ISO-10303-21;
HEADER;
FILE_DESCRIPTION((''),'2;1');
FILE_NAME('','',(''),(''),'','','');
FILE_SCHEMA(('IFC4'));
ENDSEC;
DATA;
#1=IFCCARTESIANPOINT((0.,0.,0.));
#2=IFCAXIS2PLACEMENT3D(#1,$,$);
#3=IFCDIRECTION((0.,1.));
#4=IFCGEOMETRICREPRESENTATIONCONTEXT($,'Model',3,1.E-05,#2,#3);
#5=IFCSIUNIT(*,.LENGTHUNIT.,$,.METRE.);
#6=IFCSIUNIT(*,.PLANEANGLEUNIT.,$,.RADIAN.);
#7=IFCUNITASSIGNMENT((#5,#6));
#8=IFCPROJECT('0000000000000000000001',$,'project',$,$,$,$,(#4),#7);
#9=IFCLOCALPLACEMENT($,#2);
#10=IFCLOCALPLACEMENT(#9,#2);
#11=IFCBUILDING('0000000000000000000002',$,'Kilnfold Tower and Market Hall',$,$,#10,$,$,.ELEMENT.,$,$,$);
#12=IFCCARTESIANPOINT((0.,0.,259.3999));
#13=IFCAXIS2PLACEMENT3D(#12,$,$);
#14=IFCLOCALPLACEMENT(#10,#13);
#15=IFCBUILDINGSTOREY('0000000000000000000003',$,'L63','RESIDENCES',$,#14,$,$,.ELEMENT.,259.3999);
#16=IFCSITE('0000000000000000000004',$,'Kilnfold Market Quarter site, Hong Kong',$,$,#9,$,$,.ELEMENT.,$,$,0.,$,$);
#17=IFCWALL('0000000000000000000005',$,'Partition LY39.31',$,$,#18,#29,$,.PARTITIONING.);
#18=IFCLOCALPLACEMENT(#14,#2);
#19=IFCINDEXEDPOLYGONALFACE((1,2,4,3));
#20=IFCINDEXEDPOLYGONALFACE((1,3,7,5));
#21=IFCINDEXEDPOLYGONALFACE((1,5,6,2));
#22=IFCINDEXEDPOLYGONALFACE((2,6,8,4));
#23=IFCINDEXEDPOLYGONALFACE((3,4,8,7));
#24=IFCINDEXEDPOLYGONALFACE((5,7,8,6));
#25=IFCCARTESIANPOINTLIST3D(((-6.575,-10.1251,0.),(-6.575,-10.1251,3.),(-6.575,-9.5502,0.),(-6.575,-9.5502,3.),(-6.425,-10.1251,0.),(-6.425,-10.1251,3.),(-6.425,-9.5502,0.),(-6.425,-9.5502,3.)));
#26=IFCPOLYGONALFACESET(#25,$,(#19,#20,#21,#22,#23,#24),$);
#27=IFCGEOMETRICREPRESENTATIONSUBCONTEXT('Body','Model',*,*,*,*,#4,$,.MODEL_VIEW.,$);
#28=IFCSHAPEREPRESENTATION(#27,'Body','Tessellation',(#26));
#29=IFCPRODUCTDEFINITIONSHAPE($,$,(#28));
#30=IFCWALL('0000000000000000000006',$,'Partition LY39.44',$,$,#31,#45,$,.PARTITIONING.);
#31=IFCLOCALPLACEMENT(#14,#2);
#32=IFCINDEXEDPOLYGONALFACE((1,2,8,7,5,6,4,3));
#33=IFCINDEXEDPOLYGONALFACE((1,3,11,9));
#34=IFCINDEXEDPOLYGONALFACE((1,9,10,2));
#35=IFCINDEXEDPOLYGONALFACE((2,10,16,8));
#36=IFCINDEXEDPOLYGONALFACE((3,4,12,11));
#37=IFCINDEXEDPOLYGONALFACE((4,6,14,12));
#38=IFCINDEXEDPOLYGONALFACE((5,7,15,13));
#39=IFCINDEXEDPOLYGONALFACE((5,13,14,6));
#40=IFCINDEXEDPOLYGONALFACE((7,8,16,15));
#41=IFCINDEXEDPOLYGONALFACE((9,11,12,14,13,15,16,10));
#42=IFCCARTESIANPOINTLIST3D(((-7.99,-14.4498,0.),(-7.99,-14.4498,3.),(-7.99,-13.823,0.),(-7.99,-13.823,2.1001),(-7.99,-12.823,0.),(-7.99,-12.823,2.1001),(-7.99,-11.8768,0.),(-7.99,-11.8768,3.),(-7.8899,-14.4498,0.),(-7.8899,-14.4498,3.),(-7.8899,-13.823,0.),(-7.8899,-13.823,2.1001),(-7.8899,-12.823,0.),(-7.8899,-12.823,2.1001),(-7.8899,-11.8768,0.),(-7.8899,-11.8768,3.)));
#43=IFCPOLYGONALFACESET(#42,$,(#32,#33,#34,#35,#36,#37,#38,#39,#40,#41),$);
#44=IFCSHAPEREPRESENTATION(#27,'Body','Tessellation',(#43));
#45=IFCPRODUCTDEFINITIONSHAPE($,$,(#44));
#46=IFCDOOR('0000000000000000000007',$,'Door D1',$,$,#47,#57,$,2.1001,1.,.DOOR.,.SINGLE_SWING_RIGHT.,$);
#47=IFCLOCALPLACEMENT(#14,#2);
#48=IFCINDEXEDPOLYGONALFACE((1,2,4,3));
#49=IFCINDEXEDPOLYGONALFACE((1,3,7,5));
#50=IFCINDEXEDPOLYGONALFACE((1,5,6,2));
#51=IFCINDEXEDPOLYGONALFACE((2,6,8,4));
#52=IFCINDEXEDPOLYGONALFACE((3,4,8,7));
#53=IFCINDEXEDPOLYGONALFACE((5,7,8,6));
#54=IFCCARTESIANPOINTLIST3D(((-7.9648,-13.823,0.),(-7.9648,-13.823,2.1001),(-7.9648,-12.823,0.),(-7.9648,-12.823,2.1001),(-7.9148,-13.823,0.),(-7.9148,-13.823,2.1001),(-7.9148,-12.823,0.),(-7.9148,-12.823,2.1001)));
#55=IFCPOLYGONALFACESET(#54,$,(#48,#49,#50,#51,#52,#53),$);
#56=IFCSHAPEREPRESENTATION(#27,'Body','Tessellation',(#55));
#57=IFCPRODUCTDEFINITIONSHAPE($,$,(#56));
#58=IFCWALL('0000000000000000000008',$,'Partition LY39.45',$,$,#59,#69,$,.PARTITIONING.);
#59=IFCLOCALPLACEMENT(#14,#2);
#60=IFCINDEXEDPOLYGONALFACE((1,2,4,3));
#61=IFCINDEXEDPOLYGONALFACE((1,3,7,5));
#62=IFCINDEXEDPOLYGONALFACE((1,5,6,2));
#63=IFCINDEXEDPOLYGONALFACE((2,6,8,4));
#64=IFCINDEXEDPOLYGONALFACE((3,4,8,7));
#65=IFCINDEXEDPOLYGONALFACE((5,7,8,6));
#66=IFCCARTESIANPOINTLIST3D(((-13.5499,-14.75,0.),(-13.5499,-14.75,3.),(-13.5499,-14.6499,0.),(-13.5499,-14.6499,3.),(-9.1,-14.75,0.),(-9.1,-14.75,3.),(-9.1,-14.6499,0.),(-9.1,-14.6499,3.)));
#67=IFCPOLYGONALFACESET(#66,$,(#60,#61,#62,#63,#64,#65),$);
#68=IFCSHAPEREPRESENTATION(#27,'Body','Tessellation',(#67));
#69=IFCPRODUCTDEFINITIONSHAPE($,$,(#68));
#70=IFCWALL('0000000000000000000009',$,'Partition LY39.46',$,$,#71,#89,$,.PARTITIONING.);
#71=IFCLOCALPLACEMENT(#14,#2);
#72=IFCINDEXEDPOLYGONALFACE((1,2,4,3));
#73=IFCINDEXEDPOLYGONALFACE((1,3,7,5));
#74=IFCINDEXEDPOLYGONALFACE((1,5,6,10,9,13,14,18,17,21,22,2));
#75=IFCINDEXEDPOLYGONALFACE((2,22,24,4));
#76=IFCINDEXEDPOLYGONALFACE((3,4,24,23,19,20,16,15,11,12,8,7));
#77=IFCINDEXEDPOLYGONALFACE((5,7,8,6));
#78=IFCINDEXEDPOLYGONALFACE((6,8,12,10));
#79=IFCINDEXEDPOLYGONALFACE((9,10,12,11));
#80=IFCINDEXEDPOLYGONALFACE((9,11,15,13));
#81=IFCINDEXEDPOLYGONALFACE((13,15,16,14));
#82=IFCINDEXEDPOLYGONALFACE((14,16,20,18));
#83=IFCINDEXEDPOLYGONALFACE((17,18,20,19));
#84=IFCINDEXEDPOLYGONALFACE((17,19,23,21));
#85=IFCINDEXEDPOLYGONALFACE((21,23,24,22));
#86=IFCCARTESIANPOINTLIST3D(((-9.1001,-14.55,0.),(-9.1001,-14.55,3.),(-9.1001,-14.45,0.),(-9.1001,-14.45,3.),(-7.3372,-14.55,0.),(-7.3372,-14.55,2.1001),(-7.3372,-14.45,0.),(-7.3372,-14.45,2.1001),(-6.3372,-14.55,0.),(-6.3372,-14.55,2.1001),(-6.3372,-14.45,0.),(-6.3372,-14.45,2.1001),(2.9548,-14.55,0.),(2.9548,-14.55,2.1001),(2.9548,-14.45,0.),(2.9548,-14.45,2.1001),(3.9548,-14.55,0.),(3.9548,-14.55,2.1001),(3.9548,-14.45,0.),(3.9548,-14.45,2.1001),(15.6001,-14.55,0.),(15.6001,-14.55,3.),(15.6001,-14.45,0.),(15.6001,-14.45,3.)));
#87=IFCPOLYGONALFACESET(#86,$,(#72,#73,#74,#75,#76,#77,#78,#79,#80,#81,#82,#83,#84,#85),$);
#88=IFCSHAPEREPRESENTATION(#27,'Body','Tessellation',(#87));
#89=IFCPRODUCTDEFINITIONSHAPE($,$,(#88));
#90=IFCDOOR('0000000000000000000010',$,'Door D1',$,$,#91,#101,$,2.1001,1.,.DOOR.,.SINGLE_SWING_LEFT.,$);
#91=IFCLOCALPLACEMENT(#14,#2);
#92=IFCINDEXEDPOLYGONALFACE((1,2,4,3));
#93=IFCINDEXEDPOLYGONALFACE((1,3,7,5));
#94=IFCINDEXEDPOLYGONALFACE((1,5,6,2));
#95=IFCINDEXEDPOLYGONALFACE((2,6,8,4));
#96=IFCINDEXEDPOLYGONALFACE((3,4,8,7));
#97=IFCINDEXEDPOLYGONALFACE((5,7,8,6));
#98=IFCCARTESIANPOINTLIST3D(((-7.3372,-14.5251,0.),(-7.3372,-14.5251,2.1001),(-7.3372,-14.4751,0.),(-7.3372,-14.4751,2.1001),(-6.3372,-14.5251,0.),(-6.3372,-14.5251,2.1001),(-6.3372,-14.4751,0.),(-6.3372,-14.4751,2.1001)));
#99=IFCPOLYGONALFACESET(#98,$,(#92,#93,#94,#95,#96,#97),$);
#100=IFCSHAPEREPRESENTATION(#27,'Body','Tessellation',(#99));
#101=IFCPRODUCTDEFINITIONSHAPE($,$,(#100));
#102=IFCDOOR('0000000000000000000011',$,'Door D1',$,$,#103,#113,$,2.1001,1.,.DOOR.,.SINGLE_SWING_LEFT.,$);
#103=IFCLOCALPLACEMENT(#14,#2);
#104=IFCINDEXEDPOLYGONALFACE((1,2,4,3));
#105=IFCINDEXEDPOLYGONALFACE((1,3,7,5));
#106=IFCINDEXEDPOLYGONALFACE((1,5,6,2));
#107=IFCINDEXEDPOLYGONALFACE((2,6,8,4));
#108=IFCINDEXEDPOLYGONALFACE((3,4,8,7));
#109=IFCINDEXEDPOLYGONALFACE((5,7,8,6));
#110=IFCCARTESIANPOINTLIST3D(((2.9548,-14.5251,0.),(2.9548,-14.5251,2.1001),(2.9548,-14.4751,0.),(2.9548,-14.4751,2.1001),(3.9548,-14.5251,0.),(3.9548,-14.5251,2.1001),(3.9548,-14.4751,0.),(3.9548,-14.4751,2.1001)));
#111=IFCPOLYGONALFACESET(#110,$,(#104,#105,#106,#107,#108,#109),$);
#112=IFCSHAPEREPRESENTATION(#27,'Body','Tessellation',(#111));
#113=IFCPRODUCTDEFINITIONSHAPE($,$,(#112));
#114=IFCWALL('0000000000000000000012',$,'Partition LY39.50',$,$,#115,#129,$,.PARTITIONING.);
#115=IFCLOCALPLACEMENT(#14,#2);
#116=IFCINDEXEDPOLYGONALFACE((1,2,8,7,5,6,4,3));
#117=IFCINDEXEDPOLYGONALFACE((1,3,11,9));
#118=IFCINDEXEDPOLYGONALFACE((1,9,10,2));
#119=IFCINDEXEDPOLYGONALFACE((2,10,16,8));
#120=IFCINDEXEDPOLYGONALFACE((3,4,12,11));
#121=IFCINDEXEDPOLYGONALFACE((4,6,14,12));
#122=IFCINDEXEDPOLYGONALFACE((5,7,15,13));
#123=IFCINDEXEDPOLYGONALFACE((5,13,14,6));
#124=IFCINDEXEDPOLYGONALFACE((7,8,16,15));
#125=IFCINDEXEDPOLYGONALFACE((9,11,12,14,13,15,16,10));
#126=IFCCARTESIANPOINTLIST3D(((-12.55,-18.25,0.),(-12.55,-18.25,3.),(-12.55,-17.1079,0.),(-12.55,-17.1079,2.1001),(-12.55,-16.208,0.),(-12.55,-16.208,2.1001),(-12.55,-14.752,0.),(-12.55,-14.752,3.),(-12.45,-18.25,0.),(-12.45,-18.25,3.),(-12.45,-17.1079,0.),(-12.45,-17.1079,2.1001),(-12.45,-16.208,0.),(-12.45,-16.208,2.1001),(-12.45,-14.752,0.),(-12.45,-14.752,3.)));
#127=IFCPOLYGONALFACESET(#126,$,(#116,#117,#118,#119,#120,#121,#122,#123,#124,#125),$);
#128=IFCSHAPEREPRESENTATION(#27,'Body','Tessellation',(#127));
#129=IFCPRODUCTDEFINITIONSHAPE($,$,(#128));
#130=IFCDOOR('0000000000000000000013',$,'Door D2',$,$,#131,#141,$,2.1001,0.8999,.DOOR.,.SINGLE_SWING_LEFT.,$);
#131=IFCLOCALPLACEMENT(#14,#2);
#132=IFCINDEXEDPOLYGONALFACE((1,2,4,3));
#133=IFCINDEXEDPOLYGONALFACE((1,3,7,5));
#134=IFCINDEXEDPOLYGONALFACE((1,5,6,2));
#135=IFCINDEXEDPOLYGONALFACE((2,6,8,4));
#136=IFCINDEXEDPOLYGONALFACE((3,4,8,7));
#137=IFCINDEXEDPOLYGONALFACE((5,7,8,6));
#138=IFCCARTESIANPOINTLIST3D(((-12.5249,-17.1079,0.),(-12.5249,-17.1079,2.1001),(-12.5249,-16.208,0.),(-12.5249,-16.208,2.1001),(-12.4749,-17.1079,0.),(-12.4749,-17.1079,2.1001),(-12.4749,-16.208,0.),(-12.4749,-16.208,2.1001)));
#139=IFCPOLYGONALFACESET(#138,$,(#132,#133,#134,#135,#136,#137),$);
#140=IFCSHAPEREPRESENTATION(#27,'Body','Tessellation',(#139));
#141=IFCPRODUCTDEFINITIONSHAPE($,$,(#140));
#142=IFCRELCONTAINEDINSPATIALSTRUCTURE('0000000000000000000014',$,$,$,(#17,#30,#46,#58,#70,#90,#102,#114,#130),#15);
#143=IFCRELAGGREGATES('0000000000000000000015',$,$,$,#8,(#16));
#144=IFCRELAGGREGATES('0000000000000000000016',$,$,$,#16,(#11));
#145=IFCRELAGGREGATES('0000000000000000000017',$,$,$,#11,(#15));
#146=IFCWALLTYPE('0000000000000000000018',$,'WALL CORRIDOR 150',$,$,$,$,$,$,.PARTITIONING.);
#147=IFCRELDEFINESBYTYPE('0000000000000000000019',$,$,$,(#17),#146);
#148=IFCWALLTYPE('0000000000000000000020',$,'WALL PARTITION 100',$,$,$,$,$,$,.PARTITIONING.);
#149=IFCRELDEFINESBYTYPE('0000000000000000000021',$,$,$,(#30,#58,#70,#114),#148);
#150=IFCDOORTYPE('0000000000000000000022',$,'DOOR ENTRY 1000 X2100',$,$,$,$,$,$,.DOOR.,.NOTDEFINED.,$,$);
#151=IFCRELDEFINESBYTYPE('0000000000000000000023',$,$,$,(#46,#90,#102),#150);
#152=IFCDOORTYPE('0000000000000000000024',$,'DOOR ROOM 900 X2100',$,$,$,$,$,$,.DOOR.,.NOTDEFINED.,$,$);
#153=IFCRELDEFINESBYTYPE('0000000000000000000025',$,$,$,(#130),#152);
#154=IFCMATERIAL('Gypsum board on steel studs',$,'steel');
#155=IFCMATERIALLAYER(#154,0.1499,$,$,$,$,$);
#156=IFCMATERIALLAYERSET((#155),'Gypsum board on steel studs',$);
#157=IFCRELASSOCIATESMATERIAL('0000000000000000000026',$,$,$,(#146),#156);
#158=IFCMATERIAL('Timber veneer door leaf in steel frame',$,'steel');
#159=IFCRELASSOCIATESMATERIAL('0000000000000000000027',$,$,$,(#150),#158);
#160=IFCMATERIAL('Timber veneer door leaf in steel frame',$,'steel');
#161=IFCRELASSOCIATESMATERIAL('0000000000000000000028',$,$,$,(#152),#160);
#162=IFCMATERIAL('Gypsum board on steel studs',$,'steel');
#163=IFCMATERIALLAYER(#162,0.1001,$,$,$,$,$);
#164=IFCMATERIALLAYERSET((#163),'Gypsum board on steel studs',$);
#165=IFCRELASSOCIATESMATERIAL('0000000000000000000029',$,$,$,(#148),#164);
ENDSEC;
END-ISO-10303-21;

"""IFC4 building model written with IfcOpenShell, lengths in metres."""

from ifc_helpers import new_model, si_unit, direction, frame, frame_2d, origin, place, context, subcontext, project, spatial, rectangle, extrude, material, layer, layer_set, type_object, element, fill, save


model = new_model("IFC4")

# Units and contexts
model_context = context("Model", 3, precision=1e-05, world=origin(), true_north=direction((0.0, 1.0)))
body_context = subcontext(model_context, "Body", "Model", "MODEL_VIEW")
ifc_project = project(units=[si_unit("LENGTHUNIT", "METRE"), si_unit("PLANEANGLEUNIT", "RADIAN")], contexts=[model_context])

# Site, building, storey
site_placement = place(None, origin())
site = spatial("IfcSite", under=ifc_project, at=site_placement, Name="Kilnfold Market Quarter site, Hong Kong", CompositionType="ELEMENT", RefElevation=0.0)
building_placement = place(site_placement, origin())
building = spatial("IfcBuilding", under=site, at=building_placement, Name="Kilnfold Tower and Market Hall", CompositionType="ELEMENT")
storey_placement = place(building_placement, frame((0.0, 0.0, 259.3999)))
storey = spatial("IfcBuildingStorey", under=building, at=storey_placement, Name="L63", Description="RESIDENCES", CompositionType="ELEMENT", Elevation=259.3999)

# Shared definitions
ifc_material_1 = material(Name="Gypsum board on steel studs", Category="steel")
ifc_layer_1 = layer(ifc_material_1, 0.1499)
ifc_layer_set_1 = layer_set([ifc_layer_1], Name="Gypsum board on steel studs")
wall_type_1 = type_object("IfcWallType", Name="WALL CORRIDOR 150", PredefinedType="PARTITIONING", material=ifc_layer_set_1)
ifc_material_2 = material(Name="Timber veneer door leaf in steel frame", Category="steel")
door_type_1 = type_object("IfcDoorType", Name="DOOR ENTRY 1000 X2100", OperationType="NOTDEFINED", PredefinedType="DOOR", material=ifc_material_2)

# Shared definitions
ifc_material_3 = material(Name="Timber veneer door leaf in steel frame", Category="steel")
door_type_2 = type_object("IfcDoorType", Name="DOOR ROOM 900 X2100", OperationType="NOTDEFINED", PredefinedType="DOOR", material=ifc_material_3)

# Wall
wall_1_placement = place(storey_placement, frame((-6.5, -9.55, 0.0), z_axis=(0.0, 0.0, 1.0), x_axis=(0.0, -1.0, 0.0)))
element("IfcWall", 1, at=wall_1_placement, inside=storey, type_object=wall_type_1, Name="Partition LY39.31", PredefinedType="PARTITIONING", context=body_context, shape_type="SweptSolid", body=[
    extrude(rectangle(XDim=0.575, YDim=0.1499, at=frame_2d((0.2876, 0.0))), origin(), (0.0, 0.0, 1.0), 3.0),
])

# Wall, opening, door
ifc_material_4 = material(Name="Gypsum board on steel studs", Category="steel")
ifc_layer_2 = layer(ifc_material_4, 0.1001)
ifc_layer_set_2 = layer_set([ifc_layer_2], Name="Gypsum board on steel studs")
wall_type_2 = type_object("IfcWallType", Name="WALL PARTITION 100", PredefinedType="PARTITIONING", material=ifc_layer_set_2)
wall_2_placement = place(storey_placement, frame((-7.9399, -14.45, 0.0), z_axis=(0.0, 0.0, 1.0), x_axis=(0.0, 1.0, 0.0)))
wall_2 = element("IfcWall", 2, at=wall_2_placement, inside=storey, type_object=wall_type_2, Name="Partition LY39.44", PredefinedType="PARTITIONING", context=body_context, shape_type="SweptSolid", body=[
    extrude(rectangle(XDim=2.573, YDim=0.1001, at=frame_2d((1.2866, 0.0))), origin(), (0.0, 0.0, 1.0), 3.0),
])
opening_1_placement = place(wall_2_placement, frame((0.627, 0.0, 0.0)))
opening_1 = element("IfcOpeningElement", 3, at=opening_1_placement, cuts=wall_2, PredefinedType="OPENING", context=body_context, shape_type="SweptSolid", body=[
    extrude(rectangle(XDim=1.0, YDim=2.1001, at=frame_2d((0.5, 1.05))), frame((0.0, 0.0601, 0.0), z_axis=(0.0, -1.0, 0.0), x_axis=(1.0, 0.0, 0.0)), (0.0, 0.0, 1.0), 0.1201),
])
door_1_placement = place(opening_1_placement, origin())
door_1 = element("IfcDoor", 4, at=door_1_placement, inside=storey, type_object=door_type_1, Name="Door D1", OperationType="SINGLE_SWING_RIGHT", OverallHeight=2.1001, OverallWidth=1.0, PredefinedType="DOOR", context=body_context, shape_type="SweptSolid", body=[
    extrude(rectangle(XDim=1.0, YDim=2.1001, at=frame_2d((0.5, 1.05))), frame((0.0, 0.0249, 0.0), z_axis=(0.0, -1.0, 0.0), x_axis=(1.0, 0.0, 0.0)), (0.0, 0.0, 1.0), 0.05),
])
fill(opening_1, door_1)

# Wall
wall_3_placement = place(storey_placement, frame((-13.55, -14.7, 0.0), z_axis=(0.0, 0.0, 1.0), x_axis=(1.0, 0.0, 0.0)))
element("IfcWall", 5, at=wall_3_placement, inside=storey, type_object=wall_type_2, Name="Partition LY39.45", PredefinedType="PARTITIONING", context=body_context, shape_type="SweptSolid", body=[
    extrude(rectangle(XDim=4.45, YDim=0.1001, at=frame_2d((2.2251, 0.0))), origin(), (0.0, 0.0, 1.0), 3.0),
])

# Wall, openings, doors
wall_4_placement = place(storey_placement, frame((-9.1001, -14.5, 0.0), z_axis=(0.0, 0.0, 1.0), x_axis=(1.0, 0.0, 0.0)))
wall_4 = element("IfcWall", 6, at=wall_4_placement, inside=storey, type_object=wall_type_2, Name="Partition LY39.46", PredefinedType="PARTITIONING", context=body_context, shape_type="SweptSolid", body=[
    extrude(rectangle(XDim=24.7002, YDim=0.1001, at=frame_2d((12.3501, 0.0))), origin(), (0.0, 0.0, 1.0), 3.0),
])
opening_2_placement = place(wall_4_placement, frame((1.7629, 0.0, 0.0)))
opening_2 = element("IfcOpeningElement", 7, at=opening_2_placement, cuts=wall_4, PredefinedType="OPENING", context=body_context, shape_type="SweptSolid", body=[
    extrude(rectangle(XDim=1.0, YDim=2.1001, at=frame_2d((0.5, 1.05))), frame((0.0, 0.0601, 0.0), z_axis=(0.0, -1.0, 0.0), x_axis=(1.0, 0.0, 0.0)), (0.0, 0.0, 1.0), 0.1201),
])
opening_3_placement = place(wall_4_placement, frame((12.0549, 0.0, 0.0)))
opening_3 = element("IfcOpeningElement", 8, at=opening_3_placement, cuts=wall_4, PredefinedType="OPENING", context=body_context, shape_type="SweptSolid", body=[
    extrude(rectangle(XDim=1.0, YDim=2.1001, at=frame_2d((0.5, 1.05))), frame((0.0, 0.0601, 0.0), z_axis=(0.0, -1.0, 0.0), x_axis=(1.0, 0.0, 0.0)), (0.0, 0.0, 1.0), 0.1201),
])
door_2_placement = place(opening_2_placement, origin())
door_2 = element("IfcDoor", 9, at=door_2_placement, inside=storey, type_object=door_type_1, Name="Door D1", OperationType="SINGLE_SWING_LEFT", OverallHeight=2.1001, OverallWidth=1.0, PredefinedType="DOOR", context=body_context, shape_type="SweptSolid", body=[
    extrude(rectangle(XDim=1.0, YDim=2.1001, at=frame_2d((0.5, 1.05))), frame((0.0, 0.0249, 0.0), z_axis=(0.0, -1.0, 0.0), x_axis=(1.0, 0.0, 0.0)), (0.0, 0.0, 1.0), 0.05),
])
fill(opening_2, door_2)
door_3_placement = place(opening_3_placement, origin())
door_3 = element("IfcDoor", 10, at=door_3_placement, inside=storey, type_object=door_type_1, Name="Door D1", OperationType="SINGLE_SWING_LEFT", OverallHeight=2.1001, OverallWidth=1.0, PredefinedType="DOOR", context=body_context, shape_type="SweptSolid", body=[
    extrude(rectangle(XDim=1.0, YDim=2.1001, at=frame_2d((0.5, 1.05))), frame((0.0, 0.0249, 0.0), z_axis=(0.0, -1.0, 0.0), x_axis=(1.0, 0.0, 0.0)), (0.0, 0.0, 1.0), 0.05),
])
fill(opening_3, door_3)

# Wall, opening, door
wall_5_placement = place(storey_placement, frame((-12.5, -18.25, 0.0), z_axis=(0.0, 0.0, 1.0), x_axis=(0.0, 1.0, 0.0)))
wall_5 = element("IfcWall", 11, at=wall_5_placement, inside=storey, type_object=wall_type_2, Name="Partition LY39.50", PredefinedType="PARTITIONING", context=body_context, shape_type="SweptSolid", body=[
    extrude(rectangle(XDim=3.498, YDim=0.1001, at=frame_2d((1.749, 0.0))), origin(), (0.0, 0.0, 1.0), 3.0),
])
opening_4_placement = place(wall_5_placement, frame((1.1421, 0.0, 0.0)))
opening_4 = element("IfcOpeningElement", 12, at=opening_4_placement, cuts=wall_5, PredefinedType="OPENING", context=body_context, shape_type="SweptSolid", body=[
    extrude(rectangle(XDim=0.8999, YDim=2.1001, at=frame_2d((0.45, 1.05))), frame((0.0, 0.0601, 0.0), z_axis=(0.0, -1.0, 0.0), x_axis=(1.0, 0.0, 0.0)), (0.0, 0.0, 1.0), 0.1201),
])
door_4_placement = place(opening_4_placement, origin())
door_4 = element("IfcDoor", 13, at=door_4_placement, inside=storey, type_object=door_type_2, Name="Door D2", OperationType="SINGLE_SWING_LEFT", OverallHeight=2.1001, OverallWidth=0.8999, PredefinedType="DOOR", context=body_context, shape_type="SweptSolid", body=[
    extrude(rectangle(XDim=0.8999, YDim=2.1001, at=frame_2d((0.45, 1.05))), frame((0.0, 0.0249, 0.0), z_axis=(0.0, -1.0, 0.0), x_axis=(1.0, 0.0, 0.0)), (0.0, 0.0, 1.0), 0.05),
])
fill(opening_4, door_4)

save(model, "model.ifc")
